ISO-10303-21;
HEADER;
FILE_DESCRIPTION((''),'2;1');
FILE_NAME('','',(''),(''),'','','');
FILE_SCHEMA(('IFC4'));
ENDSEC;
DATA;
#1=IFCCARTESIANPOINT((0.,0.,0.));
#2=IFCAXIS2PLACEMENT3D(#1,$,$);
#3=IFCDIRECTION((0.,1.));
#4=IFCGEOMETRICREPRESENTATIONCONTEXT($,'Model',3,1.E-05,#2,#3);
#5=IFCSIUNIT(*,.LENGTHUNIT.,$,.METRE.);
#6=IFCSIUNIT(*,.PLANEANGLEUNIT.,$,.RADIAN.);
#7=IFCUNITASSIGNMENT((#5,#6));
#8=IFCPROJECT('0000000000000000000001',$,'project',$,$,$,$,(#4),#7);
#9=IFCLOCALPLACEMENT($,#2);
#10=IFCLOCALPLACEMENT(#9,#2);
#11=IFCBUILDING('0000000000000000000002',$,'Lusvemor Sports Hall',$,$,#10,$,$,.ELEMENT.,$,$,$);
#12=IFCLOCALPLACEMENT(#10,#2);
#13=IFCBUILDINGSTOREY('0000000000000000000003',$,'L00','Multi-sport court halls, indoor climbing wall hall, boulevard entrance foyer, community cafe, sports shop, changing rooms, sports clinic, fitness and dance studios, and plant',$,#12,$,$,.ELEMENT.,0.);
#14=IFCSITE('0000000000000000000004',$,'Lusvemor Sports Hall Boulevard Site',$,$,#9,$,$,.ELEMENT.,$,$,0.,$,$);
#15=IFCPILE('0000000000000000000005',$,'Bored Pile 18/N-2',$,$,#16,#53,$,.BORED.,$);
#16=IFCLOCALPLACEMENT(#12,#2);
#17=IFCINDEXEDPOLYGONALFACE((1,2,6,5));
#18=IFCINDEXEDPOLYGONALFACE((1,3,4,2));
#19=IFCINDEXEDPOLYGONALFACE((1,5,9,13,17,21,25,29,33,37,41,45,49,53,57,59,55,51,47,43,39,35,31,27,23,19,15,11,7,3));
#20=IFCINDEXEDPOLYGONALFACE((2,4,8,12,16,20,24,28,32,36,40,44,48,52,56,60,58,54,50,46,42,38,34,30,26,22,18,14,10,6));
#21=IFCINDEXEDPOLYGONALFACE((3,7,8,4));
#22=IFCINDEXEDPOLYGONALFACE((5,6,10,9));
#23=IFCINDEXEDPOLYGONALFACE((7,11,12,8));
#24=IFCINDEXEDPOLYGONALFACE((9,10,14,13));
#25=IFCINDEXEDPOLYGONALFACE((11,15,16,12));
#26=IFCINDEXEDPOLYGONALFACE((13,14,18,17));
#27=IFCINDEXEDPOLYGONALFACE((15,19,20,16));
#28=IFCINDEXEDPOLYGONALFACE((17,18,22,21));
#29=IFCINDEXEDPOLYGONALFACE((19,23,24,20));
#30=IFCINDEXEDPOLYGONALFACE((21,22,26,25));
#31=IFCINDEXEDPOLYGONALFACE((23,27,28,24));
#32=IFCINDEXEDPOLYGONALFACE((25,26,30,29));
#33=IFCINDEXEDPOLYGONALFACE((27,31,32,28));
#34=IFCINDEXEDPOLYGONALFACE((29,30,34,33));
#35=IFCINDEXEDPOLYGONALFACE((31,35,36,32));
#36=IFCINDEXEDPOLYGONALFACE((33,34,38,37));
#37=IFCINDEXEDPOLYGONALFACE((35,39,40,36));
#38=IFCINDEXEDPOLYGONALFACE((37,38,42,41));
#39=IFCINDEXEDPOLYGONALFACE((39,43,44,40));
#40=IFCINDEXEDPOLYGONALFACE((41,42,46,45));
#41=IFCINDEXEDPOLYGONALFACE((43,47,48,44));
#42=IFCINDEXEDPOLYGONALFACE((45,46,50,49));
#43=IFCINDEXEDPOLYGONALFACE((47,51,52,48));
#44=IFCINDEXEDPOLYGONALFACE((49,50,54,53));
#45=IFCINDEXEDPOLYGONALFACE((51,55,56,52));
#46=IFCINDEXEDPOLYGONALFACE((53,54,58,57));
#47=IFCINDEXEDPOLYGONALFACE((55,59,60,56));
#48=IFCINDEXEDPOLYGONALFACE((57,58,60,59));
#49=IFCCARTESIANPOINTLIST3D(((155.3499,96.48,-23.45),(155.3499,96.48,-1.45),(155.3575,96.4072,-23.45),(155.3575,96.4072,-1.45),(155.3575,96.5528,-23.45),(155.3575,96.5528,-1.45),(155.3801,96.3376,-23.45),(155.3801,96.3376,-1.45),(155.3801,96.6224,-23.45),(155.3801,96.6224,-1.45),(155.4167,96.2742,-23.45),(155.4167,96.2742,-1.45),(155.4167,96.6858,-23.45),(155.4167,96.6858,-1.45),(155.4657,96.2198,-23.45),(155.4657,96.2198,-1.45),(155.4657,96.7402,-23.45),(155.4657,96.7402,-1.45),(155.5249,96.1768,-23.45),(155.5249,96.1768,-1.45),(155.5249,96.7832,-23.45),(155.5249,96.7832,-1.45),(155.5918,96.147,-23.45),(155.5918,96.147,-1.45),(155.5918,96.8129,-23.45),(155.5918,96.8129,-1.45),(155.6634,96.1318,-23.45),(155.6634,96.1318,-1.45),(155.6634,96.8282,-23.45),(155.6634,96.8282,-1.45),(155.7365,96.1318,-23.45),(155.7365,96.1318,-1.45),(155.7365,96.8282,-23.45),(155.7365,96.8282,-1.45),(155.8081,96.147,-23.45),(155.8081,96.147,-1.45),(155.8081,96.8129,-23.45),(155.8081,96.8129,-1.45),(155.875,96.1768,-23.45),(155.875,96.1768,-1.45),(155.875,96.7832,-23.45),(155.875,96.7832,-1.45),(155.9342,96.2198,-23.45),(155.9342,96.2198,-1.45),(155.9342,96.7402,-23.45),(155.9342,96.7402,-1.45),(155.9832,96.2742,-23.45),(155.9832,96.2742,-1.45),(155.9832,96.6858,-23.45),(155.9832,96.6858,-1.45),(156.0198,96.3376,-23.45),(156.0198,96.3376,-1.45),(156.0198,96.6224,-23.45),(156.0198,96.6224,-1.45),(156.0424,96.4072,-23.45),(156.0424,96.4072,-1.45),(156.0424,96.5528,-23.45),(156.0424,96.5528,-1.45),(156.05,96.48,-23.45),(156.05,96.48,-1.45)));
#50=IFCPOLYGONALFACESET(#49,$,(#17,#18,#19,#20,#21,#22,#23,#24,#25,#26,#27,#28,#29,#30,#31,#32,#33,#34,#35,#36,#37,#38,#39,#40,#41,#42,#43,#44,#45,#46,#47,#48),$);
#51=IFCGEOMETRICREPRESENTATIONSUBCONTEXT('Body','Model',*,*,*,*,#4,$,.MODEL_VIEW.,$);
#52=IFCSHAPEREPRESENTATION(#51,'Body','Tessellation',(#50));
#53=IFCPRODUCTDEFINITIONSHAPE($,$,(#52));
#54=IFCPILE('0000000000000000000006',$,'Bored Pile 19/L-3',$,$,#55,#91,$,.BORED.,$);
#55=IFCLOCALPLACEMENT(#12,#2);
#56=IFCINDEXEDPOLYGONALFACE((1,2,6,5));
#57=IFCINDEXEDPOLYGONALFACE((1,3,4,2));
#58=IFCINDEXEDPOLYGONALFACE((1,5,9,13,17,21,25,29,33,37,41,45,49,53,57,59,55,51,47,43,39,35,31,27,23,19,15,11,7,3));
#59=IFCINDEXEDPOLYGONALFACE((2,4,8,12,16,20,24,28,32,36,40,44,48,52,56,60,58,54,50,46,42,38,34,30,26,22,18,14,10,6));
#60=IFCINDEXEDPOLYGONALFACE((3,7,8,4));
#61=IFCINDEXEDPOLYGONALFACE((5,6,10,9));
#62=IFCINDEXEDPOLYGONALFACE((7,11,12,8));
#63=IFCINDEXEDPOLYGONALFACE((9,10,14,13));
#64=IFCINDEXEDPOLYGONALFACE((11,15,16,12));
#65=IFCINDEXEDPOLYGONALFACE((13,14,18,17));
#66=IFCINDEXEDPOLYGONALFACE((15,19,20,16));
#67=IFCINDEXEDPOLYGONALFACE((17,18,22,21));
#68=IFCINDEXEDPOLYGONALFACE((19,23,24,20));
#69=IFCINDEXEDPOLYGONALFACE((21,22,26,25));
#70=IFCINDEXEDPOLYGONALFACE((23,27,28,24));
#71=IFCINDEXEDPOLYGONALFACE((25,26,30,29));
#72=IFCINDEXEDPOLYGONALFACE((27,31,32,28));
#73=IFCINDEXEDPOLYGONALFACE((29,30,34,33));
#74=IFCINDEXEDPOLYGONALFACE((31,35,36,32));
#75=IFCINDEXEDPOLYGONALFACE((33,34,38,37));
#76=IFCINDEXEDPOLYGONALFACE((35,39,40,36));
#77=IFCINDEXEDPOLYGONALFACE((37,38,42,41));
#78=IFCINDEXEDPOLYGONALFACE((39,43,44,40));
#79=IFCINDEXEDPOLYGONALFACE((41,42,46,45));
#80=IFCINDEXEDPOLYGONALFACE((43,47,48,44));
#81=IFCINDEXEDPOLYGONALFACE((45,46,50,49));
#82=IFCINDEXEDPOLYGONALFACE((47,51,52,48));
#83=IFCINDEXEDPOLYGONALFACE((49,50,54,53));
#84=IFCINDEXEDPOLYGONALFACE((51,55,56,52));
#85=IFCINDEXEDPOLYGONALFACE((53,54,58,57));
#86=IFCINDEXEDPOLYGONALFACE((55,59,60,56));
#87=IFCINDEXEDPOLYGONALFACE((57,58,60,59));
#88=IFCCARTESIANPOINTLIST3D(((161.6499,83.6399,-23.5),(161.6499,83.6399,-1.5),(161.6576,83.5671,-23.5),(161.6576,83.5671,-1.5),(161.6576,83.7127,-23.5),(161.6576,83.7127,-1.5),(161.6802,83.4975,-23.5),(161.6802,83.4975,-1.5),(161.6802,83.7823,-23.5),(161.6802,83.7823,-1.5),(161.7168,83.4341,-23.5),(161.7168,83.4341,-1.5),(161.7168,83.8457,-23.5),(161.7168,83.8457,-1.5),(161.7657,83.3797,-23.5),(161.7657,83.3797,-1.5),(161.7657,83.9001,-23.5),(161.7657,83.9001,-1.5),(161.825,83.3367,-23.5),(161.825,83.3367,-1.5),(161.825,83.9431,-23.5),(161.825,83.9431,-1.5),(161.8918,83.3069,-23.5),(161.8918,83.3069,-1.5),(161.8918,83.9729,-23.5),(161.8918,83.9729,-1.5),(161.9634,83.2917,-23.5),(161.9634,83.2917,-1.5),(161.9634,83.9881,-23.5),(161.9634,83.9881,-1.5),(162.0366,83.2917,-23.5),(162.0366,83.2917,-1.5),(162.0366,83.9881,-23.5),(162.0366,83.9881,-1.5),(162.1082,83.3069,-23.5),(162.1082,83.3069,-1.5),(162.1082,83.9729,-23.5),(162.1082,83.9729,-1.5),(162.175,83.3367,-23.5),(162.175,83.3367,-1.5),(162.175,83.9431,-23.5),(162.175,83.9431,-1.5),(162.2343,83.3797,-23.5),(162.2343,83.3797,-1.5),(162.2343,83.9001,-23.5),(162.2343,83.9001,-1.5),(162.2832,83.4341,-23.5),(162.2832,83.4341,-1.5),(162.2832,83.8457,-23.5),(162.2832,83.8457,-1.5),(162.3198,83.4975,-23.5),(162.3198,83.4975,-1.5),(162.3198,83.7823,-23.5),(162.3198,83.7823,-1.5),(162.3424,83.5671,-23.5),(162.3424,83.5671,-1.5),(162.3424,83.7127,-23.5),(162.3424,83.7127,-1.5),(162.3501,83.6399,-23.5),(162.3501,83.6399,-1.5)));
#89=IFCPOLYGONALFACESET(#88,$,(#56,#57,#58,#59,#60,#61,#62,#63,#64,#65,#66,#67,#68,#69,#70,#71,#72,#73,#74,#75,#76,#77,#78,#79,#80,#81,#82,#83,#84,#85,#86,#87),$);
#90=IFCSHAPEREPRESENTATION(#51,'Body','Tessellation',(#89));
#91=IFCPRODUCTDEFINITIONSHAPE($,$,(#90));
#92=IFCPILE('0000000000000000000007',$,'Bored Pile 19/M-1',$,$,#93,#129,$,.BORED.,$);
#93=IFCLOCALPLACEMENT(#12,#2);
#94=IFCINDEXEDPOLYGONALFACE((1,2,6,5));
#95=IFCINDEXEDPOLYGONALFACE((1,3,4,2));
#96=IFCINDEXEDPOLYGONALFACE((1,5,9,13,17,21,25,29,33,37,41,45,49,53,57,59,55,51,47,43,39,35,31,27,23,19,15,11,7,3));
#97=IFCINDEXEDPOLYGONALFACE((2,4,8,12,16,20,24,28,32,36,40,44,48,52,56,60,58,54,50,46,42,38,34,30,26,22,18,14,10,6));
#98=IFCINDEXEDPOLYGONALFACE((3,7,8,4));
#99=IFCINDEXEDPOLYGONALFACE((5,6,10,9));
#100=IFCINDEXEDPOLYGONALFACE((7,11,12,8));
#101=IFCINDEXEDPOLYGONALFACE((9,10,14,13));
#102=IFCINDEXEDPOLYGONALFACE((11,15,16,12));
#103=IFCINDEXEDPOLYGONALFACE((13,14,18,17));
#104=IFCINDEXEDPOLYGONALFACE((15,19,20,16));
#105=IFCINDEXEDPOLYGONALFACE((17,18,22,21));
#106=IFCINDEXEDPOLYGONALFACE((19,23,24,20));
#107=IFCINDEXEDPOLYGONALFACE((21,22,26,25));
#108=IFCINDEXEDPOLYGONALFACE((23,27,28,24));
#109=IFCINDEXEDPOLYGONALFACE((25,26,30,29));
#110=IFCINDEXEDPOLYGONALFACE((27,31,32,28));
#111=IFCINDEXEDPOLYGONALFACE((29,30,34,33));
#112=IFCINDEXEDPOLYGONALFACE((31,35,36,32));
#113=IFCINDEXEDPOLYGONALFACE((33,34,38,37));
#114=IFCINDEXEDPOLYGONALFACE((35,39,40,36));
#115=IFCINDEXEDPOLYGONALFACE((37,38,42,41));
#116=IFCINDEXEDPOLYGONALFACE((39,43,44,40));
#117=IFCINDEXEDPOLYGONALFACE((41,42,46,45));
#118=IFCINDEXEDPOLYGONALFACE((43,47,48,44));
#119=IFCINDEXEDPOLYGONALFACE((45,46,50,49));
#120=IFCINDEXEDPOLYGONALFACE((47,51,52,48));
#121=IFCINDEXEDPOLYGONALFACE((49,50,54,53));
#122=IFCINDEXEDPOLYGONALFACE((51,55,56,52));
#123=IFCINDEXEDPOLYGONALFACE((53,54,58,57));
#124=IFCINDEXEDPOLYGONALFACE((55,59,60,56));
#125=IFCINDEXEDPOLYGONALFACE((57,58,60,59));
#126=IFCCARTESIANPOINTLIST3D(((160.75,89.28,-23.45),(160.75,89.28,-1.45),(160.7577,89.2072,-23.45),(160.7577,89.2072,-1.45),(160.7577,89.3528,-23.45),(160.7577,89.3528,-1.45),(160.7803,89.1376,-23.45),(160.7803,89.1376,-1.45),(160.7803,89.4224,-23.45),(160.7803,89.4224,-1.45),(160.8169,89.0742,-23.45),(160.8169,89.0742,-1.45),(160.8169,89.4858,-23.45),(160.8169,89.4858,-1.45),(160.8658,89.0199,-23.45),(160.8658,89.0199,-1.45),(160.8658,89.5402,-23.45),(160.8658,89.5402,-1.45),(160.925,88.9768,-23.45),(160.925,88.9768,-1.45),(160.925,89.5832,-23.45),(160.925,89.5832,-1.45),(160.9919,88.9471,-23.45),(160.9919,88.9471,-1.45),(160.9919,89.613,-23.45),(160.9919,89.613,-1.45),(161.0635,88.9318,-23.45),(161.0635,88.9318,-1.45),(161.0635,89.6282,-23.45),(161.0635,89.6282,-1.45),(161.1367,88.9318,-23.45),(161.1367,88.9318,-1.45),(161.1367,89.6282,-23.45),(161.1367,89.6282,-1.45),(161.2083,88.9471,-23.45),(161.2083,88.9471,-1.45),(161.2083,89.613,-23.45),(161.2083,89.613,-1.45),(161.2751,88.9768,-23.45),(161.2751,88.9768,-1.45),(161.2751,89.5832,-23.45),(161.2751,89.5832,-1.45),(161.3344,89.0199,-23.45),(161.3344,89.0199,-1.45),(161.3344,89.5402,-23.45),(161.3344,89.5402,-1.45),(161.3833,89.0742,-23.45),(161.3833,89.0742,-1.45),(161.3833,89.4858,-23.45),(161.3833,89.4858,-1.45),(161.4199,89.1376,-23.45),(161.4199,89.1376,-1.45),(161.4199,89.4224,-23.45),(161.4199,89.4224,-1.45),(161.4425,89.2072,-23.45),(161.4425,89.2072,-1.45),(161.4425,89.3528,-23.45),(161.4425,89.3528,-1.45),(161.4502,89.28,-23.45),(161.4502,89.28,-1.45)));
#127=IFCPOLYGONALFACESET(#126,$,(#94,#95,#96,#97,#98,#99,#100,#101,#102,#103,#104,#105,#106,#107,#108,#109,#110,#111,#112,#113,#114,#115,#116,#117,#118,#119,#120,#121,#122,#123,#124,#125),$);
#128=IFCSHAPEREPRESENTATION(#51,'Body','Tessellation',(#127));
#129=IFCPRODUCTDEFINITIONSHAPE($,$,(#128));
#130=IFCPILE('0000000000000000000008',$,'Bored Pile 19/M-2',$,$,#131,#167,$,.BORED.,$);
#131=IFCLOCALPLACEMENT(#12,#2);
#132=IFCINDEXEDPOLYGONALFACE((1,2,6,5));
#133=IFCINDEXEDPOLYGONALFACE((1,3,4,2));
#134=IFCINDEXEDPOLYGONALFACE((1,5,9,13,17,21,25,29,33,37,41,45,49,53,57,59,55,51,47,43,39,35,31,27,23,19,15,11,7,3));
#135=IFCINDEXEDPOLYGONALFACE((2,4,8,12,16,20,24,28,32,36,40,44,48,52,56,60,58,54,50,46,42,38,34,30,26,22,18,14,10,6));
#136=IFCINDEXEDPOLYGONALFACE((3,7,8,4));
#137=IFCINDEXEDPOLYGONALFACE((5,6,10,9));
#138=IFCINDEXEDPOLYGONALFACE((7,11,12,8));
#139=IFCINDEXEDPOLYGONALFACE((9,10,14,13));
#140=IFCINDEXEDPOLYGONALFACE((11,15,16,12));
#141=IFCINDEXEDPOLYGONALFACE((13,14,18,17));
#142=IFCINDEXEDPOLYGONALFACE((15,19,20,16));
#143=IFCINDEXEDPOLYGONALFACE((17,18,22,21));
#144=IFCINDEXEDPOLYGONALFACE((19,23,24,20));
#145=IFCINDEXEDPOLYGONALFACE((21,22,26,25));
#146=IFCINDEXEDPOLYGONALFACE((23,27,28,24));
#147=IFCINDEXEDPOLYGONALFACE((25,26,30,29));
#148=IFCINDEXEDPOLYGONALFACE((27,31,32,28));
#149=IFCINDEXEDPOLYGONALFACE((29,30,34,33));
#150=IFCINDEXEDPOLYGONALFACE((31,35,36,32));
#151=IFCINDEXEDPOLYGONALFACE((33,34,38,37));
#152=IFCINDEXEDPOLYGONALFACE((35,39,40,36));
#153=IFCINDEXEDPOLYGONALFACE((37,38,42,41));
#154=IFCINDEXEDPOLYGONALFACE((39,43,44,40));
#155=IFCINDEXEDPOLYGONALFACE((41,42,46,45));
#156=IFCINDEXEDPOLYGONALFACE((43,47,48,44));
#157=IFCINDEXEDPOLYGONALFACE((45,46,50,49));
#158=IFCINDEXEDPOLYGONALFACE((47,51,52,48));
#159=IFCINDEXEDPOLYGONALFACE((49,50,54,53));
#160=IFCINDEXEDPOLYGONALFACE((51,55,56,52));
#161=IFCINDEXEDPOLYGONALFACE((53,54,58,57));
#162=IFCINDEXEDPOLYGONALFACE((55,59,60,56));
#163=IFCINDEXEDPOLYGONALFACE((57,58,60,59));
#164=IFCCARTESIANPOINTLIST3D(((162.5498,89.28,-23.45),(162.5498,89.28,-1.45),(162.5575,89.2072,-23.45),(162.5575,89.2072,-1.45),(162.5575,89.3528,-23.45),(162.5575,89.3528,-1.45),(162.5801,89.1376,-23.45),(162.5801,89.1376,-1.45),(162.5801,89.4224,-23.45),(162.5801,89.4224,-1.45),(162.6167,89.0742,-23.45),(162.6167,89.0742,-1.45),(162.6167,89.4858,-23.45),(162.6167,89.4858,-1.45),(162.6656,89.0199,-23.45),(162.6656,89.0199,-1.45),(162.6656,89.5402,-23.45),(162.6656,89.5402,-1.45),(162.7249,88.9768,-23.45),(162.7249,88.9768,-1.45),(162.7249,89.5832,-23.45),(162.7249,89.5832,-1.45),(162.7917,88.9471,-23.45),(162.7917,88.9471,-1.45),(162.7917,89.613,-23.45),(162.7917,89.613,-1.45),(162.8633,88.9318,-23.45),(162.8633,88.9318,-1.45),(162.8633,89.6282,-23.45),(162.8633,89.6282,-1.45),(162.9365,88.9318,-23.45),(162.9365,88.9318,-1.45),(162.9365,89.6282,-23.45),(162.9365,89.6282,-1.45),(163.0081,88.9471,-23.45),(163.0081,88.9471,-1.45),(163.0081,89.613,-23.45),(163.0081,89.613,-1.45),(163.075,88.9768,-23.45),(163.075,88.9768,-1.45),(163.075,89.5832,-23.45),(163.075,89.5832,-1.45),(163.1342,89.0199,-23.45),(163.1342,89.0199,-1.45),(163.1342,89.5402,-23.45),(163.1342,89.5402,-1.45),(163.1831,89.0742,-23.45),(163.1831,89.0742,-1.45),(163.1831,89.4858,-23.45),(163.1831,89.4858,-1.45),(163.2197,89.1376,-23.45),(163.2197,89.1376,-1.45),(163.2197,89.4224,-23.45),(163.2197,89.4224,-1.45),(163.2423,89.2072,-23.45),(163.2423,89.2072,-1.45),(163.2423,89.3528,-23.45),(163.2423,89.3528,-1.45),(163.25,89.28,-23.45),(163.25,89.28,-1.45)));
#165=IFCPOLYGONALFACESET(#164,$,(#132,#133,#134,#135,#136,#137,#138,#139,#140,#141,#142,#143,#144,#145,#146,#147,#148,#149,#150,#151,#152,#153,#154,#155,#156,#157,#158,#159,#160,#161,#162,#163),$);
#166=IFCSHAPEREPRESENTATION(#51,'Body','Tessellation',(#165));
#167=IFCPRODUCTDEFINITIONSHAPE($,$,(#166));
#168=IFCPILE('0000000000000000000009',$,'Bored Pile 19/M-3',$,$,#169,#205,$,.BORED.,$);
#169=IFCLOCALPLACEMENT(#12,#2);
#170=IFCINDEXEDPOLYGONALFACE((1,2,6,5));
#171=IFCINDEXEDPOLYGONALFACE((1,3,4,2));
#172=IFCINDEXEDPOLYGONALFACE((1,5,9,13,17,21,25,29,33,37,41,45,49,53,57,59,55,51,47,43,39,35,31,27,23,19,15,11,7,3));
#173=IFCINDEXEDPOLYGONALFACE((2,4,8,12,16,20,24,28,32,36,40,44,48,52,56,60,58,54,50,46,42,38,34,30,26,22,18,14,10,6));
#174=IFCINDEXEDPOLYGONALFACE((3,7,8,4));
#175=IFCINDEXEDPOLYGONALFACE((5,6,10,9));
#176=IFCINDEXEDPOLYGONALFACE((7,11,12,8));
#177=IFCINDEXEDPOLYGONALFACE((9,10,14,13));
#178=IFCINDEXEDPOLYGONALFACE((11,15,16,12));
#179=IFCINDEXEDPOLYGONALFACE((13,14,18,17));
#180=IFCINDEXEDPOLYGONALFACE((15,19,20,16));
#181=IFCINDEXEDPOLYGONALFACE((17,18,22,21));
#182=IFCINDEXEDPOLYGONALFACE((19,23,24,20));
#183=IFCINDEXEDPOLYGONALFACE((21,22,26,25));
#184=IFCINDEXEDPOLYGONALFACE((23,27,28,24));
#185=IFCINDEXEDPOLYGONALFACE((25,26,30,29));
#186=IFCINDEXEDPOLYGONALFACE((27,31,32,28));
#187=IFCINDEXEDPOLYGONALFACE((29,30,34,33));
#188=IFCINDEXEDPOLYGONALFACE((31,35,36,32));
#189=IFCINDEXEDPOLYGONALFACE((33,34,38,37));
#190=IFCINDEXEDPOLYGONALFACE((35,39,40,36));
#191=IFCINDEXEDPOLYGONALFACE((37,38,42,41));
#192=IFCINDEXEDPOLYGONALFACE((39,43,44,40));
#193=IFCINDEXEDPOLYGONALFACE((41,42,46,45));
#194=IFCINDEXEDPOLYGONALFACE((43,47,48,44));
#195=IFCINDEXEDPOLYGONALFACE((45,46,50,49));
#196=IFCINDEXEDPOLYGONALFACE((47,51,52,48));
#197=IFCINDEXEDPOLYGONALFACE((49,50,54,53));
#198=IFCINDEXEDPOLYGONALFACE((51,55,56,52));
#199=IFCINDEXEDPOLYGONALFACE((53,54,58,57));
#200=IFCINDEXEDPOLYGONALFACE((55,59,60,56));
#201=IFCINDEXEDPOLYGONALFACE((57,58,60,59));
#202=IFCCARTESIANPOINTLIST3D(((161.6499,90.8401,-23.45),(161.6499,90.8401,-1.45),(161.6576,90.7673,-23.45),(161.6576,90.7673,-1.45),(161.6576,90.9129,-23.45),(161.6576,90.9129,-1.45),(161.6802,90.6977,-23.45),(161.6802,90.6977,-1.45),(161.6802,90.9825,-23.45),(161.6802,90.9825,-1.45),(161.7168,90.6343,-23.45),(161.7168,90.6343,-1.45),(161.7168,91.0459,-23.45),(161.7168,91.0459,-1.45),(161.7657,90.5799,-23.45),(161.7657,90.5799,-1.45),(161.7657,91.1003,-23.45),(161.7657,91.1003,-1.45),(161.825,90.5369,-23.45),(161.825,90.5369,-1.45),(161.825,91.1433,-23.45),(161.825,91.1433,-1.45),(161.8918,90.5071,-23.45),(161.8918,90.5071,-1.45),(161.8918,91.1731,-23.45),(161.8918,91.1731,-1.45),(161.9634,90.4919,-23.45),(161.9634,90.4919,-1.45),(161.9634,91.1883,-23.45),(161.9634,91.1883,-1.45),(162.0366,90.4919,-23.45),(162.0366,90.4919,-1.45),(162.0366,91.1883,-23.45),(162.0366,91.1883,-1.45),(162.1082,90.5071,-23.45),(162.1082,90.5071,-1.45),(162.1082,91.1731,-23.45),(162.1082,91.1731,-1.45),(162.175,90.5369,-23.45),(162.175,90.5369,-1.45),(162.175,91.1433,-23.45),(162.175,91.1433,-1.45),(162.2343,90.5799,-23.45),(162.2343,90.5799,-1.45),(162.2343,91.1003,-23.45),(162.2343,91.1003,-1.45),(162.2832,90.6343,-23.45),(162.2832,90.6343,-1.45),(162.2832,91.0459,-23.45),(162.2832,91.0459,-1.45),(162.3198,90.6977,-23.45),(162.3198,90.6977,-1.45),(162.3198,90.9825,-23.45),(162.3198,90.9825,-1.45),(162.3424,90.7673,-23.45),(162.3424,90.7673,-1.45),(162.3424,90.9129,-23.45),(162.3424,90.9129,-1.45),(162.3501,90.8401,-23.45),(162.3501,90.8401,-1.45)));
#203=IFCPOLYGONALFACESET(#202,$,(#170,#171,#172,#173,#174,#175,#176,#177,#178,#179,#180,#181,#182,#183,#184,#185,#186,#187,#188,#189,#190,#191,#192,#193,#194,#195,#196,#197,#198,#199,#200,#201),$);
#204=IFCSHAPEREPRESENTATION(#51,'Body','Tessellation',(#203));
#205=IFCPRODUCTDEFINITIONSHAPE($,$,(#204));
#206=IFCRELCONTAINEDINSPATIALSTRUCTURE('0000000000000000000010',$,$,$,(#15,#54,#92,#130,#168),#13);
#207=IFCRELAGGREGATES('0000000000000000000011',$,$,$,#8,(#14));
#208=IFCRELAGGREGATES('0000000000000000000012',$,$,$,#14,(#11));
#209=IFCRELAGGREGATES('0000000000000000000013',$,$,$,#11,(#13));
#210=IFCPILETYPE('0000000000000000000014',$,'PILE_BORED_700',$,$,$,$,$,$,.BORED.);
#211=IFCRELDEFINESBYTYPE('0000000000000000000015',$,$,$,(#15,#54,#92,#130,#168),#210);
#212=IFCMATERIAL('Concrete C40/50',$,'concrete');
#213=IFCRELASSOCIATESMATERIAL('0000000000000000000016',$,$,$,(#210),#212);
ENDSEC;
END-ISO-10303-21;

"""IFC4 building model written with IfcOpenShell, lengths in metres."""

from ifc_helpers import new_model, si_unit, direction, frame, origin, origin_2d, place, context, subcontext, project, spatial, circle, extrude, material, material_profile, profile_set, type_object, element, save


model = new_model("IFC4")

# Units and contexts
model_context = context("Model", 3, precision=1e-05, world=origin(), true_north=direction((0.0, 1.0)))
body_context = subcontext(model_context, "Body", "Model", "MODEL_VIEW")
ifc_project = project(units=[si_unit("LENGTHUNIT", "METRE"), si_unit("PLANEANGLEUNIT", "RADIAN")], contexts=[model_context])

# Site, building, storey
site_placement = place(None, origin())
site = spatial("IfcSite", under=ifc_project, at=site_placement, Name="Lusvemor Sports Hall Boulevard Site", CompositionType="ELEMENT", RefElevation=0.0)
building_placement = place(site_placement, origin())
building = spatial("IfcBuilding", under=site, at=building_placement, Name="Lusvemor Sports Hall", CompositionType="ELEMENT")
storey_placement = place(building_placement, origin())
storey = spatial("IfcBuildingStorey", under=building, at=storey_placement, Name="L00", Description="Multi-sport court halls, indoor climbing wall hall, boulevard entrance foyer, community cafe, sports shop, changing rooms, sports clinic, fitness and dance studios, and plant", CompositionType="ELEMENT", Elevation=0.0)

# Piles
ifc_material_1 = material(Name="Concrete C40/50", Category="concrete")
ifc_material_profile_1 = material_profile(ifc_material_1, circle(Radius=0.3501, at=origin_2d()), Name="PILE700")
ifc_profile_set_1 = profile_set([ifc_material_profile_1], Name="Concrete C40/50")
pile_type = type_object("IfcPileType", Name="PILE_BORED_700", PredefinedType="BORED", material=ifc_profile_set_1)
for number, where, z_axis, x_axis, name in (
    (1, (155.7, 96.48, -1.45), (0.0, 0.0, -1.0), (1.0, 0.0, 0.0), "Bored Pile 18/N-2"),
    (2, (162.0, 83.6399, -1.5), (0.0, 0.0, -1.0), (1.0, 0.0, 0.0), "Bored Pile 19/L-3"),
    (3, (161.1001, 89.28, -1.45), (0.0, 0.0, -1.0), (1.0, 0.0, 0.0), "Bored Pile 19/M-1"),
    (4, (162.8999, 89.28, -1.45), (0.0, 0.0, -1.0), (1.0, 0.0, 0.0), "Bored Pile 19/M-2"),
    (5, (162.0, 90.8401, -1.45), (0.0, 0.0, -1.0), (1.0, 0.0, 0.0), "Bored Pile 19/M-3"),
):
    element("IfcPile", number, at=place(storey_placement, frame(where, z_axis=z_axis, x_axis=x_axis)), inside=storey, type_object=pile_type, Name=name, PredefinedType="BORED", context=body_context, shape_type="SweptSolid", body=[
        extrude(circle(Radius=0.3501, at=origin_2d()), origin(), (0.0, 0.0, 1.0), 22.0),
    ])

save(model, "model.ifc")
